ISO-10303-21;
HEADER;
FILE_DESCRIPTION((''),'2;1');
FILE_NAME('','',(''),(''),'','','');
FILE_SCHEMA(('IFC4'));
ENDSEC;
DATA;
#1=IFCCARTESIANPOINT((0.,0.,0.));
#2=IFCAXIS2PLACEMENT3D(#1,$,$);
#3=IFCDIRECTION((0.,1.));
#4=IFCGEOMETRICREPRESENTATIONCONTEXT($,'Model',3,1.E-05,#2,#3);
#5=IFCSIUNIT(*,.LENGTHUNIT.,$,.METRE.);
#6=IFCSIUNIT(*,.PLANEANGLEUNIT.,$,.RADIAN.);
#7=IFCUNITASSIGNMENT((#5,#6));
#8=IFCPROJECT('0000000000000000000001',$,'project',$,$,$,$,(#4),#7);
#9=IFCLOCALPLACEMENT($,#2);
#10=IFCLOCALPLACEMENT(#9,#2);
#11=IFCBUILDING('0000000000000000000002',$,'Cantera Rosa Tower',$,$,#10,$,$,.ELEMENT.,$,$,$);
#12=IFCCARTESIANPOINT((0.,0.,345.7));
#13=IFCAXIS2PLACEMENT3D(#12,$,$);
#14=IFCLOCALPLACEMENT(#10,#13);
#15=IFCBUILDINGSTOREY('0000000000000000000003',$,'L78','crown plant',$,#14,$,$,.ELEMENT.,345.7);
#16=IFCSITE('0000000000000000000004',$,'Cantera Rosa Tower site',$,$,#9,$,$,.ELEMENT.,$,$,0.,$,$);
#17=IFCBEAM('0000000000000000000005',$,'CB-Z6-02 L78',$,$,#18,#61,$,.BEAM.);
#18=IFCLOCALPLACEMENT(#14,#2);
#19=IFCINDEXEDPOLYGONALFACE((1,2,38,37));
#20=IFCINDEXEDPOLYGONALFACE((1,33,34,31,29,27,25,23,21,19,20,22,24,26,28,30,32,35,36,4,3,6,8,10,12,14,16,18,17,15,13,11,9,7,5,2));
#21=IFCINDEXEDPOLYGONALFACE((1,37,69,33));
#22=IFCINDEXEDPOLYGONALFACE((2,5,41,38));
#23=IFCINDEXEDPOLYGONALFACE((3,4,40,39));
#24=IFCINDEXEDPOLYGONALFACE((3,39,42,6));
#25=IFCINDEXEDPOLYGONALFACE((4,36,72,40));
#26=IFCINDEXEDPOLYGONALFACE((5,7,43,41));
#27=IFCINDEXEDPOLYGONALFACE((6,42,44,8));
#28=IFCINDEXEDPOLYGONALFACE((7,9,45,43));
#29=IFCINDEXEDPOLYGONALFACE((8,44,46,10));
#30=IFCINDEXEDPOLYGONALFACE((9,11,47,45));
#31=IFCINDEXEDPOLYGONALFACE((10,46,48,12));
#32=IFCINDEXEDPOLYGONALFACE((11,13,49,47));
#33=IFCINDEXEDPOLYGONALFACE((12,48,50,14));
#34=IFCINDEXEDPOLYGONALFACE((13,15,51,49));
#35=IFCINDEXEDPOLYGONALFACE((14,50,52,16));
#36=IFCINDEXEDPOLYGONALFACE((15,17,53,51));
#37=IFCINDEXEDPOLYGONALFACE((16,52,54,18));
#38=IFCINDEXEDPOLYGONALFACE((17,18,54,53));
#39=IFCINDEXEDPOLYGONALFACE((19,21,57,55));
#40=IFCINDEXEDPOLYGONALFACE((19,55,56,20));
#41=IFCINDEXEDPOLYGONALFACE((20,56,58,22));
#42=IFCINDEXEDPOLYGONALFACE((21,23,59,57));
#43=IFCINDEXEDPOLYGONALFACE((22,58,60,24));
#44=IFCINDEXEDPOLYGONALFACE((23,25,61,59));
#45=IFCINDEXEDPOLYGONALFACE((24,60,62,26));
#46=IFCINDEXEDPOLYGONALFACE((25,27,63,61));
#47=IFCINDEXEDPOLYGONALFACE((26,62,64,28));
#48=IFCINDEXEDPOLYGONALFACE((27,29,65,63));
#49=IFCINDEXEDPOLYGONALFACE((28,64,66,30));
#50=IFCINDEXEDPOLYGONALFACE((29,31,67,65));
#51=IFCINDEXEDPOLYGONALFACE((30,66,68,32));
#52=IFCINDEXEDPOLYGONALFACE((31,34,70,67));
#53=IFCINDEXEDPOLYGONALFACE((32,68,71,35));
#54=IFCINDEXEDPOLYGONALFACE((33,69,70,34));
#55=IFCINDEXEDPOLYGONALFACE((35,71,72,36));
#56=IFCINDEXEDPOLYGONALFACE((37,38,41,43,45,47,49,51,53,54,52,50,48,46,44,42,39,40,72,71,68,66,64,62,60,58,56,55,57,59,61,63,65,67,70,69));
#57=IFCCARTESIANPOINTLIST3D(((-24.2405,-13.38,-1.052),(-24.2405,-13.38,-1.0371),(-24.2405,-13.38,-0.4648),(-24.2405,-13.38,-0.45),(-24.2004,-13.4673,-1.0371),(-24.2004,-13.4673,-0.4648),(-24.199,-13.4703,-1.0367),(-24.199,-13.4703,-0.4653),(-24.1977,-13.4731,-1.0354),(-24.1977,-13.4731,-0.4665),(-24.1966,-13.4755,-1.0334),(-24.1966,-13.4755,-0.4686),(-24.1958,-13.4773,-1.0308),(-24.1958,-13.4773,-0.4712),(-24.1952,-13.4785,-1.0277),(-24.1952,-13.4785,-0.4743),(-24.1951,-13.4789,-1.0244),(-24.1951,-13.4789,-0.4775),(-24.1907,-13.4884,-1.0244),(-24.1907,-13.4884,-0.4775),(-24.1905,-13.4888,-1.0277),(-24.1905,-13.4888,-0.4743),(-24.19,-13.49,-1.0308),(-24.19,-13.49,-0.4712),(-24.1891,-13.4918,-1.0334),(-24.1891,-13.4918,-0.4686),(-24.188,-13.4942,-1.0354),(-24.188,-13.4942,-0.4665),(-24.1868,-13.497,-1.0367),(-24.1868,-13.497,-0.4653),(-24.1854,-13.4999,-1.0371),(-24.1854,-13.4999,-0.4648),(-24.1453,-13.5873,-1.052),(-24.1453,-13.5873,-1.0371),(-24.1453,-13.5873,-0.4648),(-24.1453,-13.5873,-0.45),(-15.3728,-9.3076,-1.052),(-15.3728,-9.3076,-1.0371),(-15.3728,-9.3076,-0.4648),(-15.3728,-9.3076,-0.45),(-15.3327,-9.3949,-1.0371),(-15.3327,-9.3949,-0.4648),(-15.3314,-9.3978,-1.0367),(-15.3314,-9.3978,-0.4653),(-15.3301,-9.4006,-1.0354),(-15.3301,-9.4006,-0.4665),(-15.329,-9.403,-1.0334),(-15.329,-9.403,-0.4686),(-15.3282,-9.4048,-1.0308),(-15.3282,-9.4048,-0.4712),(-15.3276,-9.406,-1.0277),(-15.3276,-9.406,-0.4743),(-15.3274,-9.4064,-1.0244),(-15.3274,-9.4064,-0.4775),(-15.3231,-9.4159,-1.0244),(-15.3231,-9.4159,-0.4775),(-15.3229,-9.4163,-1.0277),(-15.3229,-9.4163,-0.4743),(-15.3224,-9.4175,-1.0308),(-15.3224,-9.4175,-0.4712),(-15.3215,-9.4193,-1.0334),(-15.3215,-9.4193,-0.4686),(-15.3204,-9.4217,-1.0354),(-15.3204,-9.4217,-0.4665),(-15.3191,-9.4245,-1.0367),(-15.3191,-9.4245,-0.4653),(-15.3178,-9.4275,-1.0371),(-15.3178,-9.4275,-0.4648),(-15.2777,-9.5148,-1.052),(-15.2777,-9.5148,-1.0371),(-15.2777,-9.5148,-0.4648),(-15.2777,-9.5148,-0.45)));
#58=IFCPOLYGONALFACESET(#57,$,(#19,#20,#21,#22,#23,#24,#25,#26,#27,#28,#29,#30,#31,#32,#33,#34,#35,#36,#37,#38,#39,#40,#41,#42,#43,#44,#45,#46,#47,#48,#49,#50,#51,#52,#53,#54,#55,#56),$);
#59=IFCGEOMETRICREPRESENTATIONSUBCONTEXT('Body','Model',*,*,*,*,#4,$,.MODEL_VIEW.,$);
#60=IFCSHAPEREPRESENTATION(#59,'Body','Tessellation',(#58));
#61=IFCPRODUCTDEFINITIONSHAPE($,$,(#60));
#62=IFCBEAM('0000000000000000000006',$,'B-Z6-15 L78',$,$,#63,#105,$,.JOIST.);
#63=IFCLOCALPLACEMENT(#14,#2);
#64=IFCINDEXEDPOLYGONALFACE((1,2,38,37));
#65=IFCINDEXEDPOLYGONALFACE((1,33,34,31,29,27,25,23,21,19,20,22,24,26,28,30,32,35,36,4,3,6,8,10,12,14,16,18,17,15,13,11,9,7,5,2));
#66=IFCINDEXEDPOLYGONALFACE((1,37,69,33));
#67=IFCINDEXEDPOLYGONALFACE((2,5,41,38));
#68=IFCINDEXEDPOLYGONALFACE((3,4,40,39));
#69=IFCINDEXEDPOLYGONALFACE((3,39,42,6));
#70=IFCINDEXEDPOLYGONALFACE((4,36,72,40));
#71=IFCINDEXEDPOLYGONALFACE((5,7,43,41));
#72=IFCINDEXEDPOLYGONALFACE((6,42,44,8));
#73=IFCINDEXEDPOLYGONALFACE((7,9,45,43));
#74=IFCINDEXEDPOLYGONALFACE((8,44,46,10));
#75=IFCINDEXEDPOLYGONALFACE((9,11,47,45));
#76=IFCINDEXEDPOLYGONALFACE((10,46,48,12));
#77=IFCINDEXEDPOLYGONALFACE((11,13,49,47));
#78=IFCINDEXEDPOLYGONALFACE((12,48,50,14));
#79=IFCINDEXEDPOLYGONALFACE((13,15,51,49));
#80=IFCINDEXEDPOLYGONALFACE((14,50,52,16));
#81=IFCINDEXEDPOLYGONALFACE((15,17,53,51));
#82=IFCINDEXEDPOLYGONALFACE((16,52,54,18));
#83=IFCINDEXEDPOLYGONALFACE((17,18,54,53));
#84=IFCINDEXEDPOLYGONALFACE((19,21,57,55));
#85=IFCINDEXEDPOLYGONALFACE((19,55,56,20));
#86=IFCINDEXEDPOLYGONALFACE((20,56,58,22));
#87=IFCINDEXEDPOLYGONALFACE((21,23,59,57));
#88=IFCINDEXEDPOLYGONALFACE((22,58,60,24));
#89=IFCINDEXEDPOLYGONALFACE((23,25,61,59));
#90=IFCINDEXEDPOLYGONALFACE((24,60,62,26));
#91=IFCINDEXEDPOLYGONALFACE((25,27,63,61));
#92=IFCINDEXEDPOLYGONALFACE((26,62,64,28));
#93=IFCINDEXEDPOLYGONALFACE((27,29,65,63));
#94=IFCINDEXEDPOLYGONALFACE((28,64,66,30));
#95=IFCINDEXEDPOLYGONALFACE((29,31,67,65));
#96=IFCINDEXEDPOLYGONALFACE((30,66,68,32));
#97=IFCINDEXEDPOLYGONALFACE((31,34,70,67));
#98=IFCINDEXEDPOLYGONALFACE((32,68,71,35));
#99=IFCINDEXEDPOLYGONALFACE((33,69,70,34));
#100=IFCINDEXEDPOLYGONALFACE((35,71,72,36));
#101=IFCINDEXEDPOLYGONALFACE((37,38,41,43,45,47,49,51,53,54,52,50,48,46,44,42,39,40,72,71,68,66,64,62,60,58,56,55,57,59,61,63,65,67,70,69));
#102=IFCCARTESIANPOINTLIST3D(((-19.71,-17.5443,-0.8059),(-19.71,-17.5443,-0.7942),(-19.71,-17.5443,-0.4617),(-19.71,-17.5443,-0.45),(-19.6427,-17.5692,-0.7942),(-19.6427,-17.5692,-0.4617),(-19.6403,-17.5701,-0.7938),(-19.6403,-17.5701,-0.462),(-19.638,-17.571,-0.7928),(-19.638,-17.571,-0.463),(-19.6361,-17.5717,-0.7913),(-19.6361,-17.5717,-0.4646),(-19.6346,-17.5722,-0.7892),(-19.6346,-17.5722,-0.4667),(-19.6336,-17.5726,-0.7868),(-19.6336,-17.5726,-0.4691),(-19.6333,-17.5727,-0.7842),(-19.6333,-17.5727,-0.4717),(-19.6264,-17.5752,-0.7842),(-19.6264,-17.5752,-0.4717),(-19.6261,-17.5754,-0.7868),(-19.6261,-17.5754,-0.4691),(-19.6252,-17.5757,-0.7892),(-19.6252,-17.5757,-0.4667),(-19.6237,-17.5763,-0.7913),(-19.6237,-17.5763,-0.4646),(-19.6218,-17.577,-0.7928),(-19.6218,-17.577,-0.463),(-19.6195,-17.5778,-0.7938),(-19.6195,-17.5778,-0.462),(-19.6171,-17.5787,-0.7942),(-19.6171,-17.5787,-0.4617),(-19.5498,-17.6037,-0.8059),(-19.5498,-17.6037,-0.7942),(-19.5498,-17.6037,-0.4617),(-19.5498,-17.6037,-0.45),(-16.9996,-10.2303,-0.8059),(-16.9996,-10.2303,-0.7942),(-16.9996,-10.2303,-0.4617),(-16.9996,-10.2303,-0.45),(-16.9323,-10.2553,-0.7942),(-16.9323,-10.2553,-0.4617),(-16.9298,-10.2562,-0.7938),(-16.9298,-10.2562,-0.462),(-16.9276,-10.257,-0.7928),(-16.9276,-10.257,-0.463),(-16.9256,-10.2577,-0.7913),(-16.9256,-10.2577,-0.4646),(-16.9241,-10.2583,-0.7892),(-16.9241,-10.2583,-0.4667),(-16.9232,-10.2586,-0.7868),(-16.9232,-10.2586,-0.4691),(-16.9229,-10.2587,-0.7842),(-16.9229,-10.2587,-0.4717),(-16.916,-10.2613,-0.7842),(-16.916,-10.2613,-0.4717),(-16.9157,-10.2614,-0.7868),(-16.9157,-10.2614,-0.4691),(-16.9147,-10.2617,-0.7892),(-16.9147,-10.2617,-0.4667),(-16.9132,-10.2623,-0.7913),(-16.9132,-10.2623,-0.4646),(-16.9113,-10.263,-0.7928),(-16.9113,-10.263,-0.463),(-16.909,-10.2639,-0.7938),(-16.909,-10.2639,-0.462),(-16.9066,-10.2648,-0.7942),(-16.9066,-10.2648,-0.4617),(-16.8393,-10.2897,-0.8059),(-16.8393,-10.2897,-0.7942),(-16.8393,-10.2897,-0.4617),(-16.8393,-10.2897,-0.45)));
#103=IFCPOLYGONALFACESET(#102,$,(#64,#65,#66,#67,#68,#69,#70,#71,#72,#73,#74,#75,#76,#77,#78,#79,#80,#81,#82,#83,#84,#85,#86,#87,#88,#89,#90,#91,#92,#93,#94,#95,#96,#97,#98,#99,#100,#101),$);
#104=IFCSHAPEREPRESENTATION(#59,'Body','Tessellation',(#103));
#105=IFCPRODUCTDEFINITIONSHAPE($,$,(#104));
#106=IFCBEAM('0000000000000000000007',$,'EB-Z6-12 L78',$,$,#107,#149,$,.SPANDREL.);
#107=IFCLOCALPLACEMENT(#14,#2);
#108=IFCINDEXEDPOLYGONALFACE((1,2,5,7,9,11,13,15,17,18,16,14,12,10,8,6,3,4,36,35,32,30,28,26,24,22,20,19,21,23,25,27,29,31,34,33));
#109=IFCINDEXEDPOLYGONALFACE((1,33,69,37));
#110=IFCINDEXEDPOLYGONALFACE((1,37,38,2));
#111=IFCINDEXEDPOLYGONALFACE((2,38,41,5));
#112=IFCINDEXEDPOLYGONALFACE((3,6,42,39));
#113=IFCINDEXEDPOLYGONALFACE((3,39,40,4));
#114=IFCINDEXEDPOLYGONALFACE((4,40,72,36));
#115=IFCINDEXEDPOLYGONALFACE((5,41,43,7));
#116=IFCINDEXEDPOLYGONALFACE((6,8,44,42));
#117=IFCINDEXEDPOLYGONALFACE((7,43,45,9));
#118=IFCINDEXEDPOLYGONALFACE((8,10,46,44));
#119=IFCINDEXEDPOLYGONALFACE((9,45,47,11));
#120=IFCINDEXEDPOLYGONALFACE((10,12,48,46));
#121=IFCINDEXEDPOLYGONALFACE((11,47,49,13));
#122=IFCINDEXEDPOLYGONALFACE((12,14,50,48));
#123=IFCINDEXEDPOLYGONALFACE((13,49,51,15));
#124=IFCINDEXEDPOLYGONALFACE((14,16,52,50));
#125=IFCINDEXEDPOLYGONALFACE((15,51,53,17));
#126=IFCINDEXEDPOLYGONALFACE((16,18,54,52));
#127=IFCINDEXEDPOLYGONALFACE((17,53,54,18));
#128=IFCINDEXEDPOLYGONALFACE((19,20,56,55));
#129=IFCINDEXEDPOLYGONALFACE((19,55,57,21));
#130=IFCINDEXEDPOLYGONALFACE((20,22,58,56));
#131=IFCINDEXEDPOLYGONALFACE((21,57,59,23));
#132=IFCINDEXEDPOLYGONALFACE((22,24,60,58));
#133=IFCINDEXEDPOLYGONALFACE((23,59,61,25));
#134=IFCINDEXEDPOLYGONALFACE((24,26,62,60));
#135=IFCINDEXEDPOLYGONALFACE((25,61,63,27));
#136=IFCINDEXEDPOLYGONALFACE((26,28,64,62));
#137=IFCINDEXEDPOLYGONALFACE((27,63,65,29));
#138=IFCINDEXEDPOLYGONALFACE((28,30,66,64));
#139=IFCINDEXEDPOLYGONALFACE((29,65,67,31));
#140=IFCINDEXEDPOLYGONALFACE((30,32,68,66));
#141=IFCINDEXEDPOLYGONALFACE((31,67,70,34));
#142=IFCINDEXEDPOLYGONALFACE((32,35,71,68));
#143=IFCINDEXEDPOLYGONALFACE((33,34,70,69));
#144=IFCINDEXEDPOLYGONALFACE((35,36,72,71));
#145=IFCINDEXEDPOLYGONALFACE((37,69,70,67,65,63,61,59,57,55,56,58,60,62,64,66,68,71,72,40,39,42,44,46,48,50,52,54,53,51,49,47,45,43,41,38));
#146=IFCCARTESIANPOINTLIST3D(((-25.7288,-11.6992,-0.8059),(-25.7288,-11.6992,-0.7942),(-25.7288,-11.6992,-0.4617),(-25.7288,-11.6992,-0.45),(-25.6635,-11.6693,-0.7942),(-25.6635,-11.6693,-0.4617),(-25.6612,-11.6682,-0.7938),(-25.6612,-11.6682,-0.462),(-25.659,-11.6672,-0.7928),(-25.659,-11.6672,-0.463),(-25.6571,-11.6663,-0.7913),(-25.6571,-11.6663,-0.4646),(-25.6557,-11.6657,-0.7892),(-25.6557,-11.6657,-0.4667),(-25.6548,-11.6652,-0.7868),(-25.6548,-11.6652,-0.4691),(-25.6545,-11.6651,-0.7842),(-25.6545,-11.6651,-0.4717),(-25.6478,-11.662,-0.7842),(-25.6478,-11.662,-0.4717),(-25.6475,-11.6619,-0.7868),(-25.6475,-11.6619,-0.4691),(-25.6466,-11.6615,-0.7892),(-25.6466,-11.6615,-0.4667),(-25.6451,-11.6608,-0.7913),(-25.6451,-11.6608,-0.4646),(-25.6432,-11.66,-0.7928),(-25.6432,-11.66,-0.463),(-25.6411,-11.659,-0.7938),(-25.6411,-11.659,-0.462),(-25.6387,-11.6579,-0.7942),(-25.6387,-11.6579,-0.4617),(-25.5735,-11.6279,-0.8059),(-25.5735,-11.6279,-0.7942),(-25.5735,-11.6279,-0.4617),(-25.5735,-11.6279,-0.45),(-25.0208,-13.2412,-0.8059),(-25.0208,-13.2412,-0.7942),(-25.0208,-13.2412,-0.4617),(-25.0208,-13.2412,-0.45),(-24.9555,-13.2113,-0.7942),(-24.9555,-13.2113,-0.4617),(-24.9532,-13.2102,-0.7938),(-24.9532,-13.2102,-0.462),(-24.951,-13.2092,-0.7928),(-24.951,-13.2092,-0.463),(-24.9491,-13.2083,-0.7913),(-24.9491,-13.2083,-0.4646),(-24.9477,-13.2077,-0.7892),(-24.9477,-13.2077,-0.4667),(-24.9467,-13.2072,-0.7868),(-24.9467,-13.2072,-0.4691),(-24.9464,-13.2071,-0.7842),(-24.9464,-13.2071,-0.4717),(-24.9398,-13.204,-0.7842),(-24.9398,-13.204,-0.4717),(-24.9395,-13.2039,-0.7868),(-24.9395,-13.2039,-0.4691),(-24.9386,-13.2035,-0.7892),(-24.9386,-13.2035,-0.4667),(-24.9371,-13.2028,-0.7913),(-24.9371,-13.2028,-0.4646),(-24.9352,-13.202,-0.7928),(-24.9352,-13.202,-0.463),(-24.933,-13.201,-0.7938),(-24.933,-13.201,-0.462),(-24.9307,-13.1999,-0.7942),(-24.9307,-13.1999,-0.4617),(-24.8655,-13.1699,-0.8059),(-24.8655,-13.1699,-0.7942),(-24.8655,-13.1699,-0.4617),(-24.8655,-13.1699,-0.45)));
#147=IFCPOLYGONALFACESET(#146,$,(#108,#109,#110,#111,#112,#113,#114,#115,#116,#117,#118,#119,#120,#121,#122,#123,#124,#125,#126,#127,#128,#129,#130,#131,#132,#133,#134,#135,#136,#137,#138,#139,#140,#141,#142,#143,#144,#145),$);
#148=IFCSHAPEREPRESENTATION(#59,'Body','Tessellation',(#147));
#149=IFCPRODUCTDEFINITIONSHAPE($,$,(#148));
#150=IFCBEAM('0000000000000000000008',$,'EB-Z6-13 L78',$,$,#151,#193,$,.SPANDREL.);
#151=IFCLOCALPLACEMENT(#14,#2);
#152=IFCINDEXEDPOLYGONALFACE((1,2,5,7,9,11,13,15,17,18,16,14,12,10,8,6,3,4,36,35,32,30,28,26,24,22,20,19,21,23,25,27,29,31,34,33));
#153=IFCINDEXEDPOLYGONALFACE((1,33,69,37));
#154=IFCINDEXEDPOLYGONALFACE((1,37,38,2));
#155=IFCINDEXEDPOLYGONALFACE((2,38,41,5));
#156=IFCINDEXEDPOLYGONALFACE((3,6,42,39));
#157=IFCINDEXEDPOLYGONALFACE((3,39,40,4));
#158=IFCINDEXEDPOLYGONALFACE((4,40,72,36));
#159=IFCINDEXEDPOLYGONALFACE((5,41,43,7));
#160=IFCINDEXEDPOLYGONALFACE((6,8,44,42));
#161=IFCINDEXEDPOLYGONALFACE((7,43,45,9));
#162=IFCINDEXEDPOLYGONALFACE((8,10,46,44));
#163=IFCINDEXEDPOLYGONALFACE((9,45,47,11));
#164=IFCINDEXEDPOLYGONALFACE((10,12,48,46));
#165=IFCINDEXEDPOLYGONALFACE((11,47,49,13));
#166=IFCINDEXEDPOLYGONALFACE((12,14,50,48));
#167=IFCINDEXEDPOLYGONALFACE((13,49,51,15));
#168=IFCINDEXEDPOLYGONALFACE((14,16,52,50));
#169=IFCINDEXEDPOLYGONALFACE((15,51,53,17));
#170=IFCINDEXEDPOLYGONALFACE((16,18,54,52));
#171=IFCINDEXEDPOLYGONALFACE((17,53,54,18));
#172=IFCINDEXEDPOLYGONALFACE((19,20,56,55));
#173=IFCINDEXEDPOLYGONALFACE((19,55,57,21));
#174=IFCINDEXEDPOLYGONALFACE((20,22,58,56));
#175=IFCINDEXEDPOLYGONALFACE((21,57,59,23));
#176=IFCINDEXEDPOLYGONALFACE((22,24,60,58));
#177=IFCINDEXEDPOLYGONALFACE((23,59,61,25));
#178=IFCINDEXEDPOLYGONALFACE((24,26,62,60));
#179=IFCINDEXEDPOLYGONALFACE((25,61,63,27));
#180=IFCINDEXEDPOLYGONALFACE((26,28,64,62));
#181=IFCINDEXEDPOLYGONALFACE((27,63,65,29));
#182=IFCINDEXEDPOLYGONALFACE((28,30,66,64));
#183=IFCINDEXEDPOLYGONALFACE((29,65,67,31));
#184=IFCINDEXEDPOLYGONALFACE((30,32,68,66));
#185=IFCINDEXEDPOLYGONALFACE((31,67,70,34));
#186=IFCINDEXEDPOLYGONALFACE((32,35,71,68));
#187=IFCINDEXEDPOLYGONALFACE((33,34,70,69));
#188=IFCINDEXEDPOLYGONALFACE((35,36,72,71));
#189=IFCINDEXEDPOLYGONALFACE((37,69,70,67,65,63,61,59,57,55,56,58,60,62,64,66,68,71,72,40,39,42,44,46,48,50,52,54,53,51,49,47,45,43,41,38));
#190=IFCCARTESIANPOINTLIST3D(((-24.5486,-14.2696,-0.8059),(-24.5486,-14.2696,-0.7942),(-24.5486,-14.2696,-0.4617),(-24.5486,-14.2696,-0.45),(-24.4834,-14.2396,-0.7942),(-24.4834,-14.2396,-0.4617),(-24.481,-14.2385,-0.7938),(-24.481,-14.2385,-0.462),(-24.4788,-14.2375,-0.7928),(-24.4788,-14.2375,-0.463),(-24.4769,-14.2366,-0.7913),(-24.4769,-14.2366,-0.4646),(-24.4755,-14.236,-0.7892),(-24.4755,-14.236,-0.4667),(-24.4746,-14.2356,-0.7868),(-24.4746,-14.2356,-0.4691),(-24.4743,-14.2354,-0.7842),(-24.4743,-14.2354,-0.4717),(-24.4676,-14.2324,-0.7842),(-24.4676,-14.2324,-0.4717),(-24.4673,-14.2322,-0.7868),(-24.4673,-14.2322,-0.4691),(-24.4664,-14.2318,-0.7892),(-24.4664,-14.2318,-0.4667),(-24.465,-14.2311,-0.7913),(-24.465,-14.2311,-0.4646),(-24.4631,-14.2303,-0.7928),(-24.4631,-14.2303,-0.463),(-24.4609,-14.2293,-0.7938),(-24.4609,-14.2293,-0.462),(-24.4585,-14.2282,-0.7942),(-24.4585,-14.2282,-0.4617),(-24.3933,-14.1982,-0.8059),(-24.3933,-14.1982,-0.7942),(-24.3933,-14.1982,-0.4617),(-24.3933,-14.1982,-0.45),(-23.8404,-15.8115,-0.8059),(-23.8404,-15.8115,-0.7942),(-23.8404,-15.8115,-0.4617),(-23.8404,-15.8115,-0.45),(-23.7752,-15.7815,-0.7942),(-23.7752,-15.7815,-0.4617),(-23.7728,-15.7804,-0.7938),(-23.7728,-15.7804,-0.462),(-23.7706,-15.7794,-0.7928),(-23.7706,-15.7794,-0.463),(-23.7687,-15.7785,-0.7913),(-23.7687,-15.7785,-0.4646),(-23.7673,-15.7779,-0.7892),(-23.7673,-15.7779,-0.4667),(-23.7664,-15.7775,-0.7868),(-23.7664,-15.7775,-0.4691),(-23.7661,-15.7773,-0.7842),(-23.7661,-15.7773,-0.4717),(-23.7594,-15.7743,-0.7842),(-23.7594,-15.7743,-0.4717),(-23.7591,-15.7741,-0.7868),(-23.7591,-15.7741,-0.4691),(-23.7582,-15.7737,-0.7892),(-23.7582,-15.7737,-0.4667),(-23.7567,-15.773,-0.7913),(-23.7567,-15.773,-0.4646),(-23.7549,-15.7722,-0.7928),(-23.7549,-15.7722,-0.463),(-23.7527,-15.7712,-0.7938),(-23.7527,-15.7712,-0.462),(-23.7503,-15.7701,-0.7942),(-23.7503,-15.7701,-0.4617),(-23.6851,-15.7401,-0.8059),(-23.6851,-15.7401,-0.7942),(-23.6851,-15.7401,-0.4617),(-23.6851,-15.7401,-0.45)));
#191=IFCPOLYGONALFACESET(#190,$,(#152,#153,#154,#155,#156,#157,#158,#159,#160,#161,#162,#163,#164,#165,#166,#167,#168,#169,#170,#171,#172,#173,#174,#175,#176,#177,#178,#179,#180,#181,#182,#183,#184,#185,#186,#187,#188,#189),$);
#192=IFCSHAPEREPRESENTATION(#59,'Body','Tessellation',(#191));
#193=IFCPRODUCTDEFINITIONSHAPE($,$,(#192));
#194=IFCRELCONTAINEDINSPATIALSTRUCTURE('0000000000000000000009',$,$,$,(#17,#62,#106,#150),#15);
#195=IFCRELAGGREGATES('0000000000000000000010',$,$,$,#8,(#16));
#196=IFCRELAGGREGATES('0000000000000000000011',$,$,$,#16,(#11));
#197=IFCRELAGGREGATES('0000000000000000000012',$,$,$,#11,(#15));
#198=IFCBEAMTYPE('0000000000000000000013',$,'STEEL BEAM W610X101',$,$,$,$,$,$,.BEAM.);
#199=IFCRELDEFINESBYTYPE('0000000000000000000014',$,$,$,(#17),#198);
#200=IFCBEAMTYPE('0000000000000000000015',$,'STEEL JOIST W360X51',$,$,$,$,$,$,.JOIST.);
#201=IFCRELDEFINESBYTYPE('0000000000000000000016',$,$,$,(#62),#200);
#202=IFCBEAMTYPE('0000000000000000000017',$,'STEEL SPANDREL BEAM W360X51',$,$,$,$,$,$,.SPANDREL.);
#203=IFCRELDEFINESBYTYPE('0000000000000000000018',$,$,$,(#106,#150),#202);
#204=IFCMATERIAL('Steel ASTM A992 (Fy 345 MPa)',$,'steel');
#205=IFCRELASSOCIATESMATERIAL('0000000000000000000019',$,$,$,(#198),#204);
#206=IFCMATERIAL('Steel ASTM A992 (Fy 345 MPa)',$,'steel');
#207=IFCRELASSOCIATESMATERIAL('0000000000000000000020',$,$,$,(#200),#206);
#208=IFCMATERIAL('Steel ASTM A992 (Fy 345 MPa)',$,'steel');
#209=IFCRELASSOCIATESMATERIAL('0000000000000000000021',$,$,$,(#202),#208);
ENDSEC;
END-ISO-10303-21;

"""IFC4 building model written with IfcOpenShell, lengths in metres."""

from ifc_helpers import new_model, si_unit, direction, frame, origin, origin_2d, place, context, subcontext, project, spatial, i_section, extrude, material, material_profile, profile_set, type_object, element, save


model = new_model("IFC4")

# Units and contexts
model_context = context("Model", 3, precision=1e-05, world=origin(), true_north=direction((0.0, 1.0)))
body_context = subcontext(model_context, "Body", "Model", "MODEL_VIEW")
ifc_project = project(units=[si_unit("LENGTHUNIT", "METRE"), si_unit("PLANEANGLEUNIT", "RADIAN")], contexts=[model_context])

# Site, building, storey
site_placement = place(None, origin())
site = spatial("IfcSite", under=ifc_project, at=site_placement, Name="Cantera Rosa Tower site", CompositionType="ELEMENT", RefElevation=0.0)
building_placement = place(site_placement, origin())
building = spatial("IfcBuilding", under=site, at=building_placement, Name="Cantera Rosa Tower", CompositionType="ELEMENT")
storey_placement = place(building_placement, frame((0.0, 0.0, 345.7)))
storey = spatial("IfcBuildingStorey", under=building, at=storey_placement, Name="L78", Description="crown plant", CompositionType="ELEMENT", Elevation=345.7)

# Beams
ifc_material_1 = material(Name="Steel ASTM A992 (Fy 345 MPa)", Category="steel")
ifc_material_profile_1 = material_profile(ifc_material_1, i_section(OverallWidth=0.228, OverallDepth=0.6021, WebThickness=0.0105, FlangeThickness=0.0149, FilletRadius=0.0127, at=origin_2d()), Name="W610X101")
ifc_profile_set_1 = profile_set([ifc_material_profile_1], Name="Steel ASTM A992 (Fy 345 MPa)")
beam_type_1 = type_object("IfcBeamType", Name="STEEL BEAM W610X101", PredefinedType="BEAM", material=ifc_profile_set_1)
beam_1_placement = place(storey_placement, frame((-24.1929, -13.4836, -0.751), z_axis=(0.908748, 0.417346, 0.0), x_axis=(-0.417346, 0.908748, 0.0)))
element("IfcBeam", 1, at=beam_1_placement, inside=storey, type_object=beam_type_1, Name="CB-Z6-02 L78", PredefinedType="BEAM", context=body_context, shape_type="SweptSolid", body=[
    extrude(i_section(OverallWidth=0.228, OverallDepth=0.6021, WebThickness=0.0105, FlangeThickness=0.0149, FilletRadius=0.0127, at=origin_2d()), origin(), (0.0, 0.0, 1.0), 9.7581),
])
ifc_material_2 = material(Name="Steel ASTM A992 (Fy 345 MPa)", Category="steel")
ifc_material_profile_2 = material_profile(ifc_material_2, i_section(OverallWidth=0.1709, OverallDepth=0.356, WebThickness=0.0073, FlangeThickness=0.0117, FilletRadius=0.01, at=origin_2d()), Name="W360X51")
ifc_profile_set_2 = profile_set([ifc_material_profile_2], Name="Steel ASTM A992 (Fy 345 MPa)")
beam_type_2 = type_object("IfcBeamType", Name="STEEL JOIST W360X51", PredefinedType="JOIST", material=ifc_profile_set_2)
beam_2_placement = place(storey_placement, frame((-19.6299, -17.574, -0.6279), z_axis=(0.347492, 0.937683, 0.0), x_axis=(-0.937683, 0.347492, 0.0)))
element("IfcBeam", 2, at=beam_2_placement, inside=storey, type_object=beam_type_2, Name="B-Z6-15 L78", PredefinedType="JOIST", context=body_context, shape_type="SweptSolid", body=[
    extrude(i_section(OverallWidth=0.1709, OverallDepth=0.356, WebThickness=0.0073, FlangeThickness=0.0117, FilletRadius=0.01, at=origin_2d()), origin(), (0.0, 0.0, 1.0), 7.8),
])
ifc_material_3 = material(Name="Steel ASTM A992 (Fy 345 MPa)", Category="steel")
ifc_material_profile_3 = material_profile(ifc_material_3, i_section(OverallWidth=0.1709, OverallDepth=0.356, WebThickness=0.0073, FlangeThickness=0.0117, FilletRadius=0.01, at=origin_2d()), Name="W360X51")
ifc_profile_set_3 = profile_set([ifc_material_profile_3], Name="Steel ASTM A992 (Fy 345 MPa)")
beam_type_3 = type_object("IfcBeamType", Name="STEEL SPANDREL BEAM W360X51", PredefinedType="SPANDREL", material=ifc_profile_set_3)
for number, where, z_axis, x_axis, name in (
    (3, (-25.6511, -11.6636, -0.6279), (0.417269, -0.908783, 0.0), (0.908783, 0.417269, 0.0), "EB-Z6-12 L78"),
    (4, (-24.4709, -14.2339, -0.6279), (0.417388, -0.908728, 0.0), (0.908728, 0.417388, 0.0), "EB-Z6-13 L78"),
):
    element("IfcBeam", number, at=place(storey_placement, frame(where, z_axis=z_axis, x_axis=x_axis)), inside=storey, type_object=beam_type_3, Name=name, PredefinedType="SPANDREL", context=body_context, shape_type="SweptSolid", body=[
        extrude(i_section(OverallWidth=0.1709, OverallDepth=0.356, WebThickness=0.0073, FlangeThickness=0.0117, FilletRadius=0.01, at=origin_2d()), origin(), (0.0, 0.0, 1.0), 1.6968),
    ])

save(model, "model.ifc")
